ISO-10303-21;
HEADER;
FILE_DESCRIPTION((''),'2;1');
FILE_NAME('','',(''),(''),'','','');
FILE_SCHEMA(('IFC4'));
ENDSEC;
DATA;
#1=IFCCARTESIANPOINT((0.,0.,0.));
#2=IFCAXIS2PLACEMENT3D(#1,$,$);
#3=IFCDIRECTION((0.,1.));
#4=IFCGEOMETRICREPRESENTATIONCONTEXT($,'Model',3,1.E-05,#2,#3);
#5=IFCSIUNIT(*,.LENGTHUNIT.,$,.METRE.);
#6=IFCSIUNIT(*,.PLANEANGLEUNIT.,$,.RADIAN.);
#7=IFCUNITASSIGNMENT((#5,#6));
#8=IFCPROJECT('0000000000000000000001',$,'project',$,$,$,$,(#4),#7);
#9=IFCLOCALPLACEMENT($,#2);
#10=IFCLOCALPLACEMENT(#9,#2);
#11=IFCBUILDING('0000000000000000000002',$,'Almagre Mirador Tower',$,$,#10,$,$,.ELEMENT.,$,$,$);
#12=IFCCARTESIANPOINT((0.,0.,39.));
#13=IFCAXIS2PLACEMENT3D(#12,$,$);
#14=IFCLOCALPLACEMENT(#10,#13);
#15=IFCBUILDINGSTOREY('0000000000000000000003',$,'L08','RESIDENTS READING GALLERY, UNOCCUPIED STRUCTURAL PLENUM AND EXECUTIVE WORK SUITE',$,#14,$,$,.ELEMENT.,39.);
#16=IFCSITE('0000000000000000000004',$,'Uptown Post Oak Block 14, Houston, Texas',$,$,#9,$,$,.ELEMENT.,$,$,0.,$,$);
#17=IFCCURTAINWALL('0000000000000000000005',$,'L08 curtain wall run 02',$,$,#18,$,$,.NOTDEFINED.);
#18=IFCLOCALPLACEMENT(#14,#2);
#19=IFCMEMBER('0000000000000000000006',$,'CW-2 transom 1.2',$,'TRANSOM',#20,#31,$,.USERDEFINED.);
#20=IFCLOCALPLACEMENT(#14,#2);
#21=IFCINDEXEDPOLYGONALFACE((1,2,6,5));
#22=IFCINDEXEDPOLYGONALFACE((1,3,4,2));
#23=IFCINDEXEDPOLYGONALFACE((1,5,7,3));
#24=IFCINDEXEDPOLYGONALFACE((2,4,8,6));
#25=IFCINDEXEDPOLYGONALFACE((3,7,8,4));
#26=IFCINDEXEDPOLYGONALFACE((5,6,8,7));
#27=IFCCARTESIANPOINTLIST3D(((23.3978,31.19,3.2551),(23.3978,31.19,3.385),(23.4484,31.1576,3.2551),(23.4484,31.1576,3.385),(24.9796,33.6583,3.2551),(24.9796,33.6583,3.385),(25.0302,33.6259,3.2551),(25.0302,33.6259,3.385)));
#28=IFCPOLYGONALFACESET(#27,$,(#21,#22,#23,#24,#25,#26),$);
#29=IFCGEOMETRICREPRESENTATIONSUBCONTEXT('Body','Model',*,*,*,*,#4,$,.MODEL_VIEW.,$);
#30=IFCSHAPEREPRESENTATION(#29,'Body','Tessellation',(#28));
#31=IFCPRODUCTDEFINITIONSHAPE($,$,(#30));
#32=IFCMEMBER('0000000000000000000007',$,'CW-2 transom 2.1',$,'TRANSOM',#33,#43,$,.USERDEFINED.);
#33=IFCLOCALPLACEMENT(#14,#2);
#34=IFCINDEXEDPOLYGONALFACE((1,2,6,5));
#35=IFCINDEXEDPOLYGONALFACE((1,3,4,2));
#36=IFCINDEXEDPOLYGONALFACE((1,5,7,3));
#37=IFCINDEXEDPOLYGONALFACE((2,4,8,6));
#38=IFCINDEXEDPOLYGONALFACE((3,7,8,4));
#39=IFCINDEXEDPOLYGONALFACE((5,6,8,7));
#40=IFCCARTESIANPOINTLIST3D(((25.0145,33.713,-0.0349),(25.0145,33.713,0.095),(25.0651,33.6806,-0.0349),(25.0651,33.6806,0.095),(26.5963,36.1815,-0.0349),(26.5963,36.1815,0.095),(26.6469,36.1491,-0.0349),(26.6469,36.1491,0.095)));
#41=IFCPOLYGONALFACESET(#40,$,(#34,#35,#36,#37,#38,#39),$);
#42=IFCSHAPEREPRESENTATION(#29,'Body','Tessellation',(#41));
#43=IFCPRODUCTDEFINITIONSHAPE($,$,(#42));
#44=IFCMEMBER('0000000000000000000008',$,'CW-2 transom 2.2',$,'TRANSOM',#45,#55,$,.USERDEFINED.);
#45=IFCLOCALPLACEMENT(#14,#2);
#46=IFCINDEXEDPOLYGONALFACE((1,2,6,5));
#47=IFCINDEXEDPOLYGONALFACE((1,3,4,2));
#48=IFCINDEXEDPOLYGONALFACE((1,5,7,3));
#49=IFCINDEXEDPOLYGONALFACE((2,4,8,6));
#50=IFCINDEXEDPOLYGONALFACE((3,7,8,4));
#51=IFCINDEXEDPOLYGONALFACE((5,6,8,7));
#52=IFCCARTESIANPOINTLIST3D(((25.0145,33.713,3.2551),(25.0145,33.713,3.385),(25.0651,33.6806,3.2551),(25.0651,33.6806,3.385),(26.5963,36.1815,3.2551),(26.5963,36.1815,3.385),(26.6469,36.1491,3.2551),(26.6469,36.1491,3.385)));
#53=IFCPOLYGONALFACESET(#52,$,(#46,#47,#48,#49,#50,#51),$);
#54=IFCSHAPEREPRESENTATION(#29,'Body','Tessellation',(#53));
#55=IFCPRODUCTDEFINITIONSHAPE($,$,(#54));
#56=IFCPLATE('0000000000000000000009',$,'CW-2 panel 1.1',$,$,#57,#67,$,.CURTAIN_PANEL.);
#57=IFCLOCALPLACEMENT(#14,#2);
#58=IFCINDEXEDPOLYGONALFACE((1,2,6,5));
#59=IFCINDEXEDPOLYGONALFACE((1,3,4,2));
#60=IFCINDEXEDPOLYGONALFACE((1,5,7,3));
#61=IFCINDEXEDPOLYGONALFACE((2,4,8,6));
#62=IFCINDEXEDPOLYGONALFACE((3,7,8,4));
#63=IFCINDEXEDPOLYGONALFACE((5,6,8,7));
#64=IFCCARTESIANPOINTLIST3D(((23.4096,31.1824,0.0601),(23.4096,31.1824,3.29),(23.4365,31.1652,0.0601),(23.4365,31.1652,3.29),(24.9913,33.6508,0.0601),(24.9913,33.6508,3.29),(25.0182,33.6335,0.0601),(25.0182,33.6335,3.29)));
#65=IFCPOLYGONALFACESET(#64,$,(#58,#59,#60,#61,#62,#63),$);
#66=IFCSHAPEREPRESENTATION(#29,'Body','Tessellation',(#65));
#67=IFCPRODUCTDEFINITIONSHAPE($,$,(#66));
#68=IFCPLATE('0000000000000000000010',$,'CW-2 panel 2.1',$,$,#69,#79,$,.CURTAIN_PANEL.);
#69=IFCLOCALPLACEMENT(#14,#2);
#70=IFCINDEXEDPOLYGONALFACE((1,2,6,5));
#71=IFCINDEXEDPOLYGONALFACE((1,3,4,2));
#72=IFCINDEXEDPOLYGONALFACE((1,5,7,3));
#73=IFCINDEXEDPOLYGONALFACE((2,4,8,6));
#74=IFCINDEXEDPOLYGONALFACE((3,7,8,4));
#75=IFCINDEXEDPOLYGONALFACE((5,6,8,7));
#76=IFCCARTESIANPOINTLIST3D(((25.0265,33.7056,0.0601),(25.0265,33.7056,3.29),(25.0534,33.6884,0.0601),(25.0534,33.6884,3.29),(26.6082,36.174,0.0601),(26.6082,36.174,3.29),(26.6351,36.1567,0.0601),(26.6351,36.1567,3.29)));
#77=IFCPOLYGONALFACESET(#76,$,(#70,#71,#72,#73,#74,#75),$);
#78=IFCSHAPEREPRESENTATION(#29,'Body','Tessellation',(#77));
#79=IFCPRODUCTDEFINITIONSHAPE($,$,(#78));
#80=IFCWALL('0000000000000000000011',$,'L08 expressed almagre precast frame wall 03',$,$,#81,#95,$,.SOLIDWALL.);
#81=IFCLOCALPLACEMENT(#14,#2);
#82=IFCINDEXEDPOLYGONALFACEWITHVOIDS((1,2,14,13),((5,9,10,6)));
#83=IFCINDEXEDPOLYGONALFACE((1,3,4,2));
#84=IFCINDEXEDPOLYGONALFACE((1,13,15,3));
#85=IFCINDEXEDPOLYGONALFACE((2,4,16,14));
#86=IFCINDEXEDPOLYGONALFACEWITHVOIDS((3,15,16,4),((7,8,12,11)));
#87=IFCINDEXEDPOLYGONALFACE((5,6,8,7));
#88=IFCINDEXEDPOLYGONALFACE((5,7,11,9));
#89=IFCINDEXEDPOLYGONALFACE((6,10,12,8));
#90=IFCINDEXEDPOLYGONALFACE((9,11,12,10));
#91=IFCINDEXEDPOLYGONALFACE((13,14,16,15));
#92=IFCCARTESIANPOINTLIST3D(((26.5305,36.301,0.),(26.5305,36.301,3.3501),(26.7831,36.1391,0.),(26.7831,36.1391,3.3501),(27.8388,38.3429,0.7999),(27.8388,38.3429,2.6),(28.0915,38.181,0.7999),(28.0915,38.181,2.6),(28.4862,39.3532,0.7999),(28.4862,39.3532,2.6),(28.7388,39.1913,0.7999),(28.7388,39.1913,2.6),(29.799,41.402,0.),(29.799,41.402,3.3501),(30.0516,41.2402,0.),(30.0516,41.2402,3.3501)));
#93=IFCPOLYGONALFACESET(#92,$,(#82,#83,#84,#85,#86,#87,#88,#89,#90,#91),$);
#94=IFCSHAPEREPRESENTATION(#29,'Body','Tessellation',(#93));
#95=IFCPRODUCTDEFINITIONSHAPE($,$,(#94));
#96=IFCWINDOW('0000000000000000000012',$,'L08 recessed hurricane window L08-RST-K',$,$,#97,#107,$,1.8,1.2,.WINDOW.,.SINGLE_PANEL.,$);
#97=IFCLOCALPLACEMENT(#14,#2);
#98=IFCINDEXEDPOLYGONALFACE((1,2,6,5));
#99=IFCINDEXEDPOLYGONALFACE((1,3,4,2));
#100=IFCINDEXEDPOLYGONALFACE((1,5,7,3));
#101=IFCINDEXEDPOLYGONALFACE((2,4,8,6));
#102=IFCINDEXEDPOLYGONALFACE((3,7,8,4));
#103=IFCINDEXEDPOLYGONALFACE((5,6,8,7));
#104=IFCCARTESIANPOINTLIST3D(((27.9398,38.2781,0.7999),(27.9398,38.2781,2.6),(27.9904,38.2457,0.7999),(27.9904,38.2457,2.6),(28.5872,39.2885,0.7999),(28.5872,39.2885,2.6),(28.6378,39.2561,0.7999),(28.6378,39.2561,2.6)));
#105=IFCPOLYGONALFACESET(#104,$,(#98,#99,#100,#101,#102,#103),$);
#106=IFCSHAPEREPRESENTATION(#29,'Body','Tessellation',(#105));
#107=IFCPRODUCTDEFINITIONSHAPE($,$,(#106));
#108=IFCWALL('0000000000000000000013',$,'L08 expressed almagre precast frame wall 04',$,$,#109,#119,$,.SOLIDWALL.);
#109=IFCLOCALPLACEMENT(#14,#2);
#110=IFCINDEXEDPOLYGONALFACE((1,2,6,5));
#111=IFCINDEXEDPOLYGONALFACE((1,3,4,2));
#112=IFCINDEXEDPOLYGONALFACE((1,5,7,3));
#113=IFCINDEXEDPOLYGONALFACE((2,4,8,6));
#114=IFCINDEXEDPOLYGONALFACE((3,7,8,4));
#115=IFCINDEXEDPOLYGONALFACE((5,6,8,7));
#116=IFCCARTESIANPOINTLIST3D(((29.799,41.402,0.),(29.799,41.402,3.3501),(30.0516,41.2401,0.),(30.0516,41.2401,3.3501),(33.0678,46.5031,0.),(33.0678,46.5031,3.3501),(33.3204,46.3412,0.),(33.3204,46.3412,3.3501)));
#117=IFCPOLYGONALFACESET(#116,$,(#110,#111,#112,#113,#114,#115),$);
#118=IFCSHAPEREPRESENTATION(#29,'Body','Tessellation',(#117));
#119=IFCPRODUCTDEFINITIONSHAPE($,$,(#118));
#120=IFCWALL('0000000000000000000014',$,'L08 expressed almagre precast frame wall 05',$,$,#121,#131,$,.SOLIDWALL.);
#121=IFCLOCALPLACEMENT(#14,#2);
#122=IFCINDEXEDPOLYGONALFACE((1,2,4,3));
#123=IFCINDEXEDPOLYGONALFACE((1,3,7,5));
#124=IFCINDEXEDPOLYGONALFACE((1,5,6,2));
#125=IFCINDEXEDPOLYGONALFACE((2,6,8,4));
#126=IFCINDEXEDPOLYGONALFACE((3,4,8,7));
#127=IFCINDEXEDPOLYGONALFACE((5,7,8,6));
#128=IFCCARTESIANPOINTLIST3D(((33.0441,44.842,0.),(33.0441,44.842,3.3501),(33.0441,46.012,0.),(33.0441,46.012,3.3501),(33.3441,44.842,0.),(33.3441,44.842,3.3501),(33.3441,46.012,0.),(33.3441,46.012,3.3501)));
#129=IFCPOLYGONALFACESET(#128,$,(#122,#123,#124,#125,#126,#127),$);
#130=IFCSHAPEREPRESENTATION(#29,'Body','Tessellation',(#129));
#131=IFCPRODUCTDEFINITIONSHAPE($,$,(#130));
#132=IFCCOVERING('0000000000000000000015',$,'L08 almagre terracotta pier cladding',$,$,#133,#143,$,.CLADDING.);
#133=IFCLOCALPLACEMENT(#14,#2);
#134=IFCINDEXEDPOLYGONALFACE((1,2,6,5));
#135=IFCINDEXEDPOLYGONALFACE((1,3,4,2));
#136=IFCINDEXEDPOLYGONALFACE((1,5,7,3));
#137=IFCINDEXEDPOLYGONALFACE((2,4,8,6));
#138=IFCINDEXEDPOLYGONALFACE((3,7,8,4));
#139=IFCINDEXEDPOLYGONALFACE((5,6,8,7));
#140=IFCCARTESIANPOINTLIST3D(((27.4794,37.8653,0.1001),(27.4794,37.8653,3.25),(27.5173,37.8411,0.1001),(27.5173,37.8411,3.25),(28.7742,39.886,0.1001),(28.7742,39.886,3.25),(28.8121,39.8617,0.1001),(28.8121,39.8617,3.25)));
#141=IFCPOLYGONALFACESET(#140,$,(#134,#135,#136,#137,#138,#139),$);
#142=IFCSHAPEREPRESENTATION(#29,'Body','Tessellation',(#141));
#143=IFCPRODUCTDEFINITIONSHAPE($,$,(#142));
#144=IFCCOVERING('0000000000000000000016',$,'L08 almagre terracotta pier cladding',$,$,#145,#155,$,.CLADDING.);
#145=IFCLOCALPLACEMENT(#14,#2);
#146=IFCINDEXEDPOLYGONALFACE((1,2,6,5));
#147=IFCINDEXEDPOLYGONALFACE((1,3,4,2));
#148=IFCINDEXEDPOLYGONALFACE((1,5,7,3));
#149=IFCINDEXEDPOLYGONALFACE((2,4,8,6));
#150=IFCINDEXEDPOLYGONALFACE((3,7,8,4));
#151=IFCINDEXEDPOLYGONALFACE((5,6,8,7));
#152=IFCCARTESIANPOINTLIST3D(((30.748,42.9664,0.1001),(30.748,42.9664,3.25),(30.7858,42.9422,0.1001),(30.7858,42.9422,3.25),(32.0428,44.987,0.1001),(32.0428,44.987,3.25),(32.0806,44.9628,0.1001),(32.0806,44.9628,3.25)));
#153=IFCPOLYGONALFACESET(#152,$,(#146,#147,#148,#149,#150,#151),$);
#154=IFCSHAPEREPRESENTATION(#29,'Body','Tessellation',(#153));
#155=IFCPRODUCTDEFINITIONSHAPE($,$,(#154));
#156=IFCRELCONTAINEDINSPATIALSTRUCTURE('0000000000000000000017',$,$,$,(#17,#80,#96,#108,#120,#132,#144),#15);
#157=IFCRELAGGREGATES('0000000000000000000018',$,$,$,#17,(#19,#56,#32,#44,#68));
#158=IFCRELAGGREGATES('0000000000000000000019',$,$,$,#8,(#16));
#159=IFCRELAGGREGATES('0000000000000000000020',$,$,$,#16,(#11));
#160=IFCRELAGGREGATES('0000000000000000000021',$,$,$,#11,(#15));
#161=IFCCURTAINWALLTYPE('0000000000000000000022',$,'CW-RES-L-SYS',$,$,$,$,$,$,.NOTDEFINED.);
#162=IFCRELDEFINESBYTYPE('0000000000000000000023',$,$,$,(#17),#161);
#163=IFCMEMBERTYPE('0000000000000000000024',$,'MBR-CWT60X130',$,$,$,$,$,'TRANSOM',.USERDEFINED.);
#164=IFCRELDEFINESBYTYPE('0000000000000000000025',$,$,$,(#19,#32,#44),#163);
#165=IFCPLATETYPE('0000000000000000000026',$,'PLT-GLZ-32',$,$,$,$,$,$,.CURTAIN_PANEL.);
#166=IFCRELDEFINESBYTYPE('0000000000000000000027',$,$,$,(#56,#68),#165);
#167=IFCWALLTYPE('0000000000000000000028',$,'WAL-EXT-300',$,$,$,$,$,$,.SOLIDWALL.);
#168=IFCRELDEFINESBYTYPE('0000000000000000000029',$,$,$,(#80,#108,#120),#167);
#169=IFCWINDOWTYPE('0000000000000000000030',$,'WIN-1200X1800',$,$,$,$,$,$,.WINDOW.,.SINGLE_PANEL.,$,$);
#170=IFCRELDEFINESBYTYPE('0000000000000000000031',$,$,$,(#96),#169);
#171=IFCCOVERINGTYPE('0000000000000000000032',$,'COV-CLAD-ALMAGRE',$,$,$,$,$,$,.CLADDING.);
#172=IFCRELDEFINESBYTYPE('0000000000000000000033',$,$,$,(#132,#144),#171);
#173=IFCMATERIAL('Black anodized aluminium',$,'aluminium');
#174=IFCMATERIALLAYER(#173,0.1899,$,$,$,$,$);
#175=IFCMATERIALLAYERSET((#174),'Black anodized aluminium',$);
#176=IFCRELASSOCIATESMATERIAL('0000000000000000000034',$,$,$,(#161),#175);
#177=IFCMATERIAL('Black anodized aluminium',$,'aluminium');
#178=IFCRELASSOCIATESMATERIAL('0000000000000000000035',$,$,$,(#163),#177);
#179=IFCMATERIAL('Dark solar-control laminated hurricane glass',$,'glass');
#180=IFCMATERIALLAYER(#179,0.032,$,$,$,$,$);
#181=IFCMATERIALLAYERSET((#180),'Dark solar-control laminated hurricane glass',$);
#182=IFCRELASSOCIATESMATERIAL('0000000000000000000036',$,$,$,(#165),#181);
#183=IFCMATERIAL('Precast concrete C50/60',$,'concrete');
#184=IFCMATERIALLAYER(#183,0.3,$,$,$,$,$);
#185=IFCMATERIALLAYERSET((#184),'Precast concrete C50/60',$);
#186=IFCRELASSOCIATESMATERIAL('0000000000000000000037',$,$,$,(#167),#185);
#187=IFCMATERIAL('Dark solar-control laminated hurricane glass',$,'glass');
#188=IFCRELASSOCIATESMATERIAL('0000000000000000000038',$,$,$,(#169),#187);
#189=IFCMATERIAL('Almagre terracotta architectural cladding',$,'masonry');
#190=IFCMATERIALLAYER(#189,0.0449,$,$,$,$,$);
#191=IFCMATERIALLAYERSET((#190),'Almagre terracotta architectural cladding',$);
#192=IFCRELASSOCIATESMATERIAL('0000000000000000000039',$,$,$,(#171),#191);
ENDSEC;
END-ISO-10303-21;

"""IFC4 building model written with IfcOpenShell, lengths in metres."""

from ifc_helpers import new_model, si_unit, direction, frame, frame_2d, origin, origin_2d, place, context, subcontext, project, spatial, rectangle, extrude, material, layer, layer_set, material_profile, profile_set, type_object, element, fill, aggregate, save


model = new_model("IFC4")

# Units and contexts
model_context = context("Model", 3, precision=1e-05, world=origin(), true_north=direction((0.0, 1.0)))
body_context = subcontext(model_context, "Body", "Model", "MODEL_VIEW")
ifc_project = project(units=[si_unit("LENGTHUNIT", "METRE"), si_unit("PLANEANGLEUNIT", "RADIAN")], contexts=[model_context])

# Site, building, storey
site_placement = place(None, origin())
site = spatial("IfcSite", under=ifc_project, at=site_placement, Name="Uptown Post Oak Block 14, Houston, Texas", CompositionType="ELEMENT", RefElevation=0.0)
building_placement = place(site_placement, origin())
building = spatial("IfcBuilding", under=site, at=building_placement, Name="Almagre Mirador Tower", CompositionType="ELEMENT")
storey_placement = place(building_placement, frame((0.0, 0.0, 39.0)))
storey = spatial("IfcBuildingStorey", under=building, at=storey_placement, Name="L08", Description="RESIDENTS READING GALLERY, UNOCCUPIED STRUCTURAL PLENUM AND EXECUTIVE WORK SUITE", CompositionType="ELEMENT", Elevation=39.0)

# Curtain wall, members, plates
ifc_material_1 = material(Name="Black anodized aluminium", Category="aluminium")
ifc_layer_1 = layer(ifc_material_1, 0.1899)
ifc_layer_set_1 = layer_set([ifc_layer_1], Name="Black anodized aluminium")
curtain_wall_type = type_object("IfcCurtainWallType", Name="CW-RES-L-SYS", PredefinedType="NOTDEFINED", material=ifc_layer_set_1)
curtain_wall_placement = place(storey_placement, origin())
curtain_wall = element("IfcCurtainWall", 1, at=curtain_wall_placement, inside=storey, type_object=curtain_wall_type, Name="L08 curtain wall run 02", PredefinedType="NOTDEFINED")
ifc_material_2 = material(Name="Black anodized aluminium", Category="aluminium")
ifc_material_profile_1 = material_profile(ifc_material_2, rectangle(XDim=0.0601, YDim=0.1299, at=origin_2d()), Name="CWT60X130")
ifc_profile_set_1 = profile_set([ifc_material_profile_1], Name="Black anodized aluminium")
member_type_1 = type_object("IfcMemberType", Name="MBR-CWT60X130", ElementType="TRANSOM", PredefinedType="USERDEFINED", material=ifc_profile_set_1)
member_1_placement = place(storey_placement, frame((23.4231, 31.1738, 3.3201), z_axis=(0.539562, 0.841946, 0.0), x_axis=(-0.841946, 0.539562, 0.0)))
member_1 = element("IfcMember", 2, at=member_1_placement, type_object=member_type_1, Name="CW-2 transom 1.2", ObjectType="TRANSOM", PredefinedType="USERDEFINED", context=body_context, shape_type="SweptSolid", body=[
    extrude(rectangle(XDim=0.0601, YDim=0.1299, at=origin_2d()), origin(), (0.0, 0.0, 1.0), 2.9316),
])
member_2_placement = place(storey_placement, frame((25.0398, 33.6968, 0.03), z_axis=(0.539524, 0.84197, 0.0), x_axis=(-0.84197, 0.539524, 0.0)))
member_2 = element("IfcMember", 3, at=member_2_placement, type_object=member_type_1, Name="CW-2 transom 2.1", ObjectType="TRANSOM", PredefinedType="USERDEFINED", context=body_context, shape_type="SweptSolid", body=[
    extrude(rectangle(XDim=0.0601, YDim=0.1299, at=origin_2d()), origin(), (0.0, 0.0, 1.0), 2.9319),
])
member_3_placement = place(storey_placement, frame((25.0398, 33.6968, 3.3201), z_axis=(0.539524, 0.84197, 0.0), x_axis=(-0.84197, 0.539524, 0.0)))
member_3 = element("IfcMember", 4, at=member_3_placement, type_object=member_type_1, Name="CW-2 transom 2.2", ObjectType="TRANSOM", PredefinedType="USERDEFINED", context=body_context, shape_type="SweptSolid", body=[
    extrude(rectangle(XDim=0.0601, YDim=0.1299, at=origin_2d()), origin(), (0.0, 0.0, 1.0), 2.9319),
])
ifc_material_3 = material(Name="Dark solar-control laminated hurricane glass", Category="glass")
ifc_layer_2 = layer(ifc_material_3, 0.032)
ifc_layer_set_2 = layer_set([ifc_layer_2], Name="Dark solar-control laminated hurricane glass")
plate_type = type_object("IfcPlateType", Name="PLT-GLZ-32", PredefinedType="CURTAIN_PANEL", material=ifc_layer_set_2)
plate_1_placement = place(storey_placement, frame((24.2139, 32.408, 0.0601), z_axis=(0.0, 0.0, 1.0), x_axis=(0.539529, 0.841967, 0.0)))
plate_1 = element("IfcPlate", 5, at=plate_1_placement, type_object=plate_type, Name="CW-2 panel 1.1", PredefinedType="CURTAIN_PANEL", context=body_context, shape_type="SweptSolid", body=[
    extrude(rectangle(XDim=2.9316, YDim=0.032, at=origin_2d()), origin(), (0.0, 0.0, 1.0), 3.23),
])
plate_2_placement = place(storey_placement, frame((25.8308, 34.9312, 0.0601), z_axis=(0.0, 0.0, 1.0), x_axis=(0.539529, 0.841967, 0.0)))
plate_2 = element("IfcPlate", 6, at=plate_2_placement, type_object=plate_type, Name="CW-2 panel 2.1", PredefinedType="CURTAIN_PANEL", context=body_context, shape_type="SweptSolid", body=[
    extrude(rectangle(XDim=2.9316, YDim=0.032, at=origin_2d()), origin(), (0.0, 0.0, 1.0), 3.23),
])
aggregate(curtain_wall, [member_1, plate_1, member_2, member_3, plate_2])

# Wall, opening, window
ifc_material_4 = material(Name="Precast concrete C50/60", Category="concrete")
ifc_layer_3 = layer(ifc_material_4, 0.3)
ifc_layer_set_3 = layer_set([ifc_layer_3], Name="Precast concrete C50/60")
wall_type = type_object("IfcWallType", Name="WAL-EXT-300", PredefinedType="SOLIDWALL", material=ifc_layer_set_3)
wall_1_placement = place(storey_placement, frame((26.6567, 36.22, 0.0), z_axis=(0.0, 0.0, 1.0), x_axis=(0.539506, 0.841981, 0.0)))
wall_1 = element("IfcWall", 7, at=wall_1_placement, inside=storey, type_object=wall_type, Name="L08 expressed almagre precast frame wall 03", PredefinedType="SOLIDWALL", context=body_context, shape_type="SweptSolid", body=[
    extrude(rectangle(XDim=6.0583, YDim=0.3, at=frame_2d((3.0293, 0.0))), origin(), (0.0, 0.0, 1.0), 3.3501),
])
opening_placement = place(wall_1_placement, frame((2.425, 0.0, 0.8)))
opening = element("IfcOpeningElement", 8, at=opening_placement, cuts=wall_1, PredefinedType="OPENING", context=body_context, shape_type="SweptSolid", body=[
    extrude(rectangle(XDim=1.2, YDim=1.8, at=frame_2d((0.6001, 0.8999))), frame((0.0, 0.1599, 0.0), z_axis=(0.0, -1.0, 0.0), x_axis=(1.0, 0.0, 0.0)), (0.0, 0.0, 1.0), 0.32),
])
ifc_material_5 = material(Name="Dark solar-control laminated hurricane glass", Category="glass")
window_type = type_object("IfcWindowType", Name="WIN-1200X1800", PartitioningType="SINGLE_PANEL", PredefinedType="WINDOW", material=ifc_material_5)
window_placement = place(opening_placement, origin())
window = element("IfcWindow", 9, at=window_placement, inside=storey, type_object=window_type, Name="L08 recessed hurricane window L08-RST-K", OverallHeight=1.8, OverallWidth=1.2, PartitioningType="SINGLE_PANEL", PredefinedType="WINDOW", context=body_context, shape_type="SweptSolid", body=[
    extrude(rectangle(XDim=1.2, YDim=1.8, at=frame_2d((0.6001, 0.8999))), frame((0.0, 0.03, 0.0), z_axis=(0.0, -1.0, 0.0), x_axis=(1.0, 0.0, 0.0)), (0.0, 0.0, 1.0), 0.0601),
])
fill(opening, window)

# Walls
wall_2_placement = place(storey_placement, frame((29.9253, 41.321, 0.0), z_axis=(0.0, 0.0, 1.0), x_axis=(0.539535, 0.841963, 0.0)))
element("IfcWall", 10, at=wall_2_placement, inside=storey, type_object=wall_type, Name="L08 expressed almagre precast frame wall 04", PredefinedType="SOLIDWALL", context=body_context, shape_type="SweptSolid", body=[
    extrude(rectangle(XDim=6.0586, YDim=0.3, at=frame_2d((3.0293, 0.0))), origin(), (0.0, 0.0, 1.0), 3.3501),
])
wall_3_placement = place(storey_placement, frame((33.1941, 46.012, 0.0), z_axis=(0.0, 0.0, 1.0), x_axis=(0.0, -1.0, 0.0)))
element("IfcWall", 11, at=wall_3_placement, inside=storey, type_object=wall_type, Name="L08 expressed almagre precast frame wall 05", PredefinedType="SOLIDWALL", context=body_context, shape_type="SweptSolid", body=[
    extrude(rectangle(XDim=1.1699, YDim=0.3, at=frame_2d((0.585, 0.0))), origin(), (0.0, 0.0, 1.0), 3.3501),
])

# Coverings
ifc_material_6 = material(Name="Almagre terracotta architectural cladding", Category="masonry")
ifc_layer_4 = layer(ifc_material_6, 0.0449)
ifc_layer_set_4 = layer_set([ifc_layer_4], Name="Almagre terracotta architectural cladding")
covering_type = type_object("IfcCoveringType", Name="COV-CLAD-ALMAGRE", PredefinedType="CLADDING", material=ifc_layer_set_4)
for number, where, z_axis, x_axis, name in (
    (12, (28.1458, 38.8635, 0.1001), (0.0, 0.0, 1.0), (0.53952, 0.841972, 0.0), "L08 almagre terracotta pier cladding"),
    (13, (31.4143, 43.9646, 0.1001), (0.0, 0.0, 1.0), (0.539535, 0.841963, 0.0), "L08 almagre terracotta pier cladding"),
):
    element("IfcCovering", number, at=place(storey_placement, frame(where, z_axis=z_axis, x_axis=x_axis)), inside=storey, type_object=covering_type, Name=name, PredefinedType="CLADDING", context=body_context, shape_type="SweptSolid", body=[
        extrude(rectangle(XDim=2.3999, YDim=0.0449, at=origin_2d()), origin(), (0.0, 0.0, 1.0), 3.1499),
    ])

save(model, "model.ifc")
